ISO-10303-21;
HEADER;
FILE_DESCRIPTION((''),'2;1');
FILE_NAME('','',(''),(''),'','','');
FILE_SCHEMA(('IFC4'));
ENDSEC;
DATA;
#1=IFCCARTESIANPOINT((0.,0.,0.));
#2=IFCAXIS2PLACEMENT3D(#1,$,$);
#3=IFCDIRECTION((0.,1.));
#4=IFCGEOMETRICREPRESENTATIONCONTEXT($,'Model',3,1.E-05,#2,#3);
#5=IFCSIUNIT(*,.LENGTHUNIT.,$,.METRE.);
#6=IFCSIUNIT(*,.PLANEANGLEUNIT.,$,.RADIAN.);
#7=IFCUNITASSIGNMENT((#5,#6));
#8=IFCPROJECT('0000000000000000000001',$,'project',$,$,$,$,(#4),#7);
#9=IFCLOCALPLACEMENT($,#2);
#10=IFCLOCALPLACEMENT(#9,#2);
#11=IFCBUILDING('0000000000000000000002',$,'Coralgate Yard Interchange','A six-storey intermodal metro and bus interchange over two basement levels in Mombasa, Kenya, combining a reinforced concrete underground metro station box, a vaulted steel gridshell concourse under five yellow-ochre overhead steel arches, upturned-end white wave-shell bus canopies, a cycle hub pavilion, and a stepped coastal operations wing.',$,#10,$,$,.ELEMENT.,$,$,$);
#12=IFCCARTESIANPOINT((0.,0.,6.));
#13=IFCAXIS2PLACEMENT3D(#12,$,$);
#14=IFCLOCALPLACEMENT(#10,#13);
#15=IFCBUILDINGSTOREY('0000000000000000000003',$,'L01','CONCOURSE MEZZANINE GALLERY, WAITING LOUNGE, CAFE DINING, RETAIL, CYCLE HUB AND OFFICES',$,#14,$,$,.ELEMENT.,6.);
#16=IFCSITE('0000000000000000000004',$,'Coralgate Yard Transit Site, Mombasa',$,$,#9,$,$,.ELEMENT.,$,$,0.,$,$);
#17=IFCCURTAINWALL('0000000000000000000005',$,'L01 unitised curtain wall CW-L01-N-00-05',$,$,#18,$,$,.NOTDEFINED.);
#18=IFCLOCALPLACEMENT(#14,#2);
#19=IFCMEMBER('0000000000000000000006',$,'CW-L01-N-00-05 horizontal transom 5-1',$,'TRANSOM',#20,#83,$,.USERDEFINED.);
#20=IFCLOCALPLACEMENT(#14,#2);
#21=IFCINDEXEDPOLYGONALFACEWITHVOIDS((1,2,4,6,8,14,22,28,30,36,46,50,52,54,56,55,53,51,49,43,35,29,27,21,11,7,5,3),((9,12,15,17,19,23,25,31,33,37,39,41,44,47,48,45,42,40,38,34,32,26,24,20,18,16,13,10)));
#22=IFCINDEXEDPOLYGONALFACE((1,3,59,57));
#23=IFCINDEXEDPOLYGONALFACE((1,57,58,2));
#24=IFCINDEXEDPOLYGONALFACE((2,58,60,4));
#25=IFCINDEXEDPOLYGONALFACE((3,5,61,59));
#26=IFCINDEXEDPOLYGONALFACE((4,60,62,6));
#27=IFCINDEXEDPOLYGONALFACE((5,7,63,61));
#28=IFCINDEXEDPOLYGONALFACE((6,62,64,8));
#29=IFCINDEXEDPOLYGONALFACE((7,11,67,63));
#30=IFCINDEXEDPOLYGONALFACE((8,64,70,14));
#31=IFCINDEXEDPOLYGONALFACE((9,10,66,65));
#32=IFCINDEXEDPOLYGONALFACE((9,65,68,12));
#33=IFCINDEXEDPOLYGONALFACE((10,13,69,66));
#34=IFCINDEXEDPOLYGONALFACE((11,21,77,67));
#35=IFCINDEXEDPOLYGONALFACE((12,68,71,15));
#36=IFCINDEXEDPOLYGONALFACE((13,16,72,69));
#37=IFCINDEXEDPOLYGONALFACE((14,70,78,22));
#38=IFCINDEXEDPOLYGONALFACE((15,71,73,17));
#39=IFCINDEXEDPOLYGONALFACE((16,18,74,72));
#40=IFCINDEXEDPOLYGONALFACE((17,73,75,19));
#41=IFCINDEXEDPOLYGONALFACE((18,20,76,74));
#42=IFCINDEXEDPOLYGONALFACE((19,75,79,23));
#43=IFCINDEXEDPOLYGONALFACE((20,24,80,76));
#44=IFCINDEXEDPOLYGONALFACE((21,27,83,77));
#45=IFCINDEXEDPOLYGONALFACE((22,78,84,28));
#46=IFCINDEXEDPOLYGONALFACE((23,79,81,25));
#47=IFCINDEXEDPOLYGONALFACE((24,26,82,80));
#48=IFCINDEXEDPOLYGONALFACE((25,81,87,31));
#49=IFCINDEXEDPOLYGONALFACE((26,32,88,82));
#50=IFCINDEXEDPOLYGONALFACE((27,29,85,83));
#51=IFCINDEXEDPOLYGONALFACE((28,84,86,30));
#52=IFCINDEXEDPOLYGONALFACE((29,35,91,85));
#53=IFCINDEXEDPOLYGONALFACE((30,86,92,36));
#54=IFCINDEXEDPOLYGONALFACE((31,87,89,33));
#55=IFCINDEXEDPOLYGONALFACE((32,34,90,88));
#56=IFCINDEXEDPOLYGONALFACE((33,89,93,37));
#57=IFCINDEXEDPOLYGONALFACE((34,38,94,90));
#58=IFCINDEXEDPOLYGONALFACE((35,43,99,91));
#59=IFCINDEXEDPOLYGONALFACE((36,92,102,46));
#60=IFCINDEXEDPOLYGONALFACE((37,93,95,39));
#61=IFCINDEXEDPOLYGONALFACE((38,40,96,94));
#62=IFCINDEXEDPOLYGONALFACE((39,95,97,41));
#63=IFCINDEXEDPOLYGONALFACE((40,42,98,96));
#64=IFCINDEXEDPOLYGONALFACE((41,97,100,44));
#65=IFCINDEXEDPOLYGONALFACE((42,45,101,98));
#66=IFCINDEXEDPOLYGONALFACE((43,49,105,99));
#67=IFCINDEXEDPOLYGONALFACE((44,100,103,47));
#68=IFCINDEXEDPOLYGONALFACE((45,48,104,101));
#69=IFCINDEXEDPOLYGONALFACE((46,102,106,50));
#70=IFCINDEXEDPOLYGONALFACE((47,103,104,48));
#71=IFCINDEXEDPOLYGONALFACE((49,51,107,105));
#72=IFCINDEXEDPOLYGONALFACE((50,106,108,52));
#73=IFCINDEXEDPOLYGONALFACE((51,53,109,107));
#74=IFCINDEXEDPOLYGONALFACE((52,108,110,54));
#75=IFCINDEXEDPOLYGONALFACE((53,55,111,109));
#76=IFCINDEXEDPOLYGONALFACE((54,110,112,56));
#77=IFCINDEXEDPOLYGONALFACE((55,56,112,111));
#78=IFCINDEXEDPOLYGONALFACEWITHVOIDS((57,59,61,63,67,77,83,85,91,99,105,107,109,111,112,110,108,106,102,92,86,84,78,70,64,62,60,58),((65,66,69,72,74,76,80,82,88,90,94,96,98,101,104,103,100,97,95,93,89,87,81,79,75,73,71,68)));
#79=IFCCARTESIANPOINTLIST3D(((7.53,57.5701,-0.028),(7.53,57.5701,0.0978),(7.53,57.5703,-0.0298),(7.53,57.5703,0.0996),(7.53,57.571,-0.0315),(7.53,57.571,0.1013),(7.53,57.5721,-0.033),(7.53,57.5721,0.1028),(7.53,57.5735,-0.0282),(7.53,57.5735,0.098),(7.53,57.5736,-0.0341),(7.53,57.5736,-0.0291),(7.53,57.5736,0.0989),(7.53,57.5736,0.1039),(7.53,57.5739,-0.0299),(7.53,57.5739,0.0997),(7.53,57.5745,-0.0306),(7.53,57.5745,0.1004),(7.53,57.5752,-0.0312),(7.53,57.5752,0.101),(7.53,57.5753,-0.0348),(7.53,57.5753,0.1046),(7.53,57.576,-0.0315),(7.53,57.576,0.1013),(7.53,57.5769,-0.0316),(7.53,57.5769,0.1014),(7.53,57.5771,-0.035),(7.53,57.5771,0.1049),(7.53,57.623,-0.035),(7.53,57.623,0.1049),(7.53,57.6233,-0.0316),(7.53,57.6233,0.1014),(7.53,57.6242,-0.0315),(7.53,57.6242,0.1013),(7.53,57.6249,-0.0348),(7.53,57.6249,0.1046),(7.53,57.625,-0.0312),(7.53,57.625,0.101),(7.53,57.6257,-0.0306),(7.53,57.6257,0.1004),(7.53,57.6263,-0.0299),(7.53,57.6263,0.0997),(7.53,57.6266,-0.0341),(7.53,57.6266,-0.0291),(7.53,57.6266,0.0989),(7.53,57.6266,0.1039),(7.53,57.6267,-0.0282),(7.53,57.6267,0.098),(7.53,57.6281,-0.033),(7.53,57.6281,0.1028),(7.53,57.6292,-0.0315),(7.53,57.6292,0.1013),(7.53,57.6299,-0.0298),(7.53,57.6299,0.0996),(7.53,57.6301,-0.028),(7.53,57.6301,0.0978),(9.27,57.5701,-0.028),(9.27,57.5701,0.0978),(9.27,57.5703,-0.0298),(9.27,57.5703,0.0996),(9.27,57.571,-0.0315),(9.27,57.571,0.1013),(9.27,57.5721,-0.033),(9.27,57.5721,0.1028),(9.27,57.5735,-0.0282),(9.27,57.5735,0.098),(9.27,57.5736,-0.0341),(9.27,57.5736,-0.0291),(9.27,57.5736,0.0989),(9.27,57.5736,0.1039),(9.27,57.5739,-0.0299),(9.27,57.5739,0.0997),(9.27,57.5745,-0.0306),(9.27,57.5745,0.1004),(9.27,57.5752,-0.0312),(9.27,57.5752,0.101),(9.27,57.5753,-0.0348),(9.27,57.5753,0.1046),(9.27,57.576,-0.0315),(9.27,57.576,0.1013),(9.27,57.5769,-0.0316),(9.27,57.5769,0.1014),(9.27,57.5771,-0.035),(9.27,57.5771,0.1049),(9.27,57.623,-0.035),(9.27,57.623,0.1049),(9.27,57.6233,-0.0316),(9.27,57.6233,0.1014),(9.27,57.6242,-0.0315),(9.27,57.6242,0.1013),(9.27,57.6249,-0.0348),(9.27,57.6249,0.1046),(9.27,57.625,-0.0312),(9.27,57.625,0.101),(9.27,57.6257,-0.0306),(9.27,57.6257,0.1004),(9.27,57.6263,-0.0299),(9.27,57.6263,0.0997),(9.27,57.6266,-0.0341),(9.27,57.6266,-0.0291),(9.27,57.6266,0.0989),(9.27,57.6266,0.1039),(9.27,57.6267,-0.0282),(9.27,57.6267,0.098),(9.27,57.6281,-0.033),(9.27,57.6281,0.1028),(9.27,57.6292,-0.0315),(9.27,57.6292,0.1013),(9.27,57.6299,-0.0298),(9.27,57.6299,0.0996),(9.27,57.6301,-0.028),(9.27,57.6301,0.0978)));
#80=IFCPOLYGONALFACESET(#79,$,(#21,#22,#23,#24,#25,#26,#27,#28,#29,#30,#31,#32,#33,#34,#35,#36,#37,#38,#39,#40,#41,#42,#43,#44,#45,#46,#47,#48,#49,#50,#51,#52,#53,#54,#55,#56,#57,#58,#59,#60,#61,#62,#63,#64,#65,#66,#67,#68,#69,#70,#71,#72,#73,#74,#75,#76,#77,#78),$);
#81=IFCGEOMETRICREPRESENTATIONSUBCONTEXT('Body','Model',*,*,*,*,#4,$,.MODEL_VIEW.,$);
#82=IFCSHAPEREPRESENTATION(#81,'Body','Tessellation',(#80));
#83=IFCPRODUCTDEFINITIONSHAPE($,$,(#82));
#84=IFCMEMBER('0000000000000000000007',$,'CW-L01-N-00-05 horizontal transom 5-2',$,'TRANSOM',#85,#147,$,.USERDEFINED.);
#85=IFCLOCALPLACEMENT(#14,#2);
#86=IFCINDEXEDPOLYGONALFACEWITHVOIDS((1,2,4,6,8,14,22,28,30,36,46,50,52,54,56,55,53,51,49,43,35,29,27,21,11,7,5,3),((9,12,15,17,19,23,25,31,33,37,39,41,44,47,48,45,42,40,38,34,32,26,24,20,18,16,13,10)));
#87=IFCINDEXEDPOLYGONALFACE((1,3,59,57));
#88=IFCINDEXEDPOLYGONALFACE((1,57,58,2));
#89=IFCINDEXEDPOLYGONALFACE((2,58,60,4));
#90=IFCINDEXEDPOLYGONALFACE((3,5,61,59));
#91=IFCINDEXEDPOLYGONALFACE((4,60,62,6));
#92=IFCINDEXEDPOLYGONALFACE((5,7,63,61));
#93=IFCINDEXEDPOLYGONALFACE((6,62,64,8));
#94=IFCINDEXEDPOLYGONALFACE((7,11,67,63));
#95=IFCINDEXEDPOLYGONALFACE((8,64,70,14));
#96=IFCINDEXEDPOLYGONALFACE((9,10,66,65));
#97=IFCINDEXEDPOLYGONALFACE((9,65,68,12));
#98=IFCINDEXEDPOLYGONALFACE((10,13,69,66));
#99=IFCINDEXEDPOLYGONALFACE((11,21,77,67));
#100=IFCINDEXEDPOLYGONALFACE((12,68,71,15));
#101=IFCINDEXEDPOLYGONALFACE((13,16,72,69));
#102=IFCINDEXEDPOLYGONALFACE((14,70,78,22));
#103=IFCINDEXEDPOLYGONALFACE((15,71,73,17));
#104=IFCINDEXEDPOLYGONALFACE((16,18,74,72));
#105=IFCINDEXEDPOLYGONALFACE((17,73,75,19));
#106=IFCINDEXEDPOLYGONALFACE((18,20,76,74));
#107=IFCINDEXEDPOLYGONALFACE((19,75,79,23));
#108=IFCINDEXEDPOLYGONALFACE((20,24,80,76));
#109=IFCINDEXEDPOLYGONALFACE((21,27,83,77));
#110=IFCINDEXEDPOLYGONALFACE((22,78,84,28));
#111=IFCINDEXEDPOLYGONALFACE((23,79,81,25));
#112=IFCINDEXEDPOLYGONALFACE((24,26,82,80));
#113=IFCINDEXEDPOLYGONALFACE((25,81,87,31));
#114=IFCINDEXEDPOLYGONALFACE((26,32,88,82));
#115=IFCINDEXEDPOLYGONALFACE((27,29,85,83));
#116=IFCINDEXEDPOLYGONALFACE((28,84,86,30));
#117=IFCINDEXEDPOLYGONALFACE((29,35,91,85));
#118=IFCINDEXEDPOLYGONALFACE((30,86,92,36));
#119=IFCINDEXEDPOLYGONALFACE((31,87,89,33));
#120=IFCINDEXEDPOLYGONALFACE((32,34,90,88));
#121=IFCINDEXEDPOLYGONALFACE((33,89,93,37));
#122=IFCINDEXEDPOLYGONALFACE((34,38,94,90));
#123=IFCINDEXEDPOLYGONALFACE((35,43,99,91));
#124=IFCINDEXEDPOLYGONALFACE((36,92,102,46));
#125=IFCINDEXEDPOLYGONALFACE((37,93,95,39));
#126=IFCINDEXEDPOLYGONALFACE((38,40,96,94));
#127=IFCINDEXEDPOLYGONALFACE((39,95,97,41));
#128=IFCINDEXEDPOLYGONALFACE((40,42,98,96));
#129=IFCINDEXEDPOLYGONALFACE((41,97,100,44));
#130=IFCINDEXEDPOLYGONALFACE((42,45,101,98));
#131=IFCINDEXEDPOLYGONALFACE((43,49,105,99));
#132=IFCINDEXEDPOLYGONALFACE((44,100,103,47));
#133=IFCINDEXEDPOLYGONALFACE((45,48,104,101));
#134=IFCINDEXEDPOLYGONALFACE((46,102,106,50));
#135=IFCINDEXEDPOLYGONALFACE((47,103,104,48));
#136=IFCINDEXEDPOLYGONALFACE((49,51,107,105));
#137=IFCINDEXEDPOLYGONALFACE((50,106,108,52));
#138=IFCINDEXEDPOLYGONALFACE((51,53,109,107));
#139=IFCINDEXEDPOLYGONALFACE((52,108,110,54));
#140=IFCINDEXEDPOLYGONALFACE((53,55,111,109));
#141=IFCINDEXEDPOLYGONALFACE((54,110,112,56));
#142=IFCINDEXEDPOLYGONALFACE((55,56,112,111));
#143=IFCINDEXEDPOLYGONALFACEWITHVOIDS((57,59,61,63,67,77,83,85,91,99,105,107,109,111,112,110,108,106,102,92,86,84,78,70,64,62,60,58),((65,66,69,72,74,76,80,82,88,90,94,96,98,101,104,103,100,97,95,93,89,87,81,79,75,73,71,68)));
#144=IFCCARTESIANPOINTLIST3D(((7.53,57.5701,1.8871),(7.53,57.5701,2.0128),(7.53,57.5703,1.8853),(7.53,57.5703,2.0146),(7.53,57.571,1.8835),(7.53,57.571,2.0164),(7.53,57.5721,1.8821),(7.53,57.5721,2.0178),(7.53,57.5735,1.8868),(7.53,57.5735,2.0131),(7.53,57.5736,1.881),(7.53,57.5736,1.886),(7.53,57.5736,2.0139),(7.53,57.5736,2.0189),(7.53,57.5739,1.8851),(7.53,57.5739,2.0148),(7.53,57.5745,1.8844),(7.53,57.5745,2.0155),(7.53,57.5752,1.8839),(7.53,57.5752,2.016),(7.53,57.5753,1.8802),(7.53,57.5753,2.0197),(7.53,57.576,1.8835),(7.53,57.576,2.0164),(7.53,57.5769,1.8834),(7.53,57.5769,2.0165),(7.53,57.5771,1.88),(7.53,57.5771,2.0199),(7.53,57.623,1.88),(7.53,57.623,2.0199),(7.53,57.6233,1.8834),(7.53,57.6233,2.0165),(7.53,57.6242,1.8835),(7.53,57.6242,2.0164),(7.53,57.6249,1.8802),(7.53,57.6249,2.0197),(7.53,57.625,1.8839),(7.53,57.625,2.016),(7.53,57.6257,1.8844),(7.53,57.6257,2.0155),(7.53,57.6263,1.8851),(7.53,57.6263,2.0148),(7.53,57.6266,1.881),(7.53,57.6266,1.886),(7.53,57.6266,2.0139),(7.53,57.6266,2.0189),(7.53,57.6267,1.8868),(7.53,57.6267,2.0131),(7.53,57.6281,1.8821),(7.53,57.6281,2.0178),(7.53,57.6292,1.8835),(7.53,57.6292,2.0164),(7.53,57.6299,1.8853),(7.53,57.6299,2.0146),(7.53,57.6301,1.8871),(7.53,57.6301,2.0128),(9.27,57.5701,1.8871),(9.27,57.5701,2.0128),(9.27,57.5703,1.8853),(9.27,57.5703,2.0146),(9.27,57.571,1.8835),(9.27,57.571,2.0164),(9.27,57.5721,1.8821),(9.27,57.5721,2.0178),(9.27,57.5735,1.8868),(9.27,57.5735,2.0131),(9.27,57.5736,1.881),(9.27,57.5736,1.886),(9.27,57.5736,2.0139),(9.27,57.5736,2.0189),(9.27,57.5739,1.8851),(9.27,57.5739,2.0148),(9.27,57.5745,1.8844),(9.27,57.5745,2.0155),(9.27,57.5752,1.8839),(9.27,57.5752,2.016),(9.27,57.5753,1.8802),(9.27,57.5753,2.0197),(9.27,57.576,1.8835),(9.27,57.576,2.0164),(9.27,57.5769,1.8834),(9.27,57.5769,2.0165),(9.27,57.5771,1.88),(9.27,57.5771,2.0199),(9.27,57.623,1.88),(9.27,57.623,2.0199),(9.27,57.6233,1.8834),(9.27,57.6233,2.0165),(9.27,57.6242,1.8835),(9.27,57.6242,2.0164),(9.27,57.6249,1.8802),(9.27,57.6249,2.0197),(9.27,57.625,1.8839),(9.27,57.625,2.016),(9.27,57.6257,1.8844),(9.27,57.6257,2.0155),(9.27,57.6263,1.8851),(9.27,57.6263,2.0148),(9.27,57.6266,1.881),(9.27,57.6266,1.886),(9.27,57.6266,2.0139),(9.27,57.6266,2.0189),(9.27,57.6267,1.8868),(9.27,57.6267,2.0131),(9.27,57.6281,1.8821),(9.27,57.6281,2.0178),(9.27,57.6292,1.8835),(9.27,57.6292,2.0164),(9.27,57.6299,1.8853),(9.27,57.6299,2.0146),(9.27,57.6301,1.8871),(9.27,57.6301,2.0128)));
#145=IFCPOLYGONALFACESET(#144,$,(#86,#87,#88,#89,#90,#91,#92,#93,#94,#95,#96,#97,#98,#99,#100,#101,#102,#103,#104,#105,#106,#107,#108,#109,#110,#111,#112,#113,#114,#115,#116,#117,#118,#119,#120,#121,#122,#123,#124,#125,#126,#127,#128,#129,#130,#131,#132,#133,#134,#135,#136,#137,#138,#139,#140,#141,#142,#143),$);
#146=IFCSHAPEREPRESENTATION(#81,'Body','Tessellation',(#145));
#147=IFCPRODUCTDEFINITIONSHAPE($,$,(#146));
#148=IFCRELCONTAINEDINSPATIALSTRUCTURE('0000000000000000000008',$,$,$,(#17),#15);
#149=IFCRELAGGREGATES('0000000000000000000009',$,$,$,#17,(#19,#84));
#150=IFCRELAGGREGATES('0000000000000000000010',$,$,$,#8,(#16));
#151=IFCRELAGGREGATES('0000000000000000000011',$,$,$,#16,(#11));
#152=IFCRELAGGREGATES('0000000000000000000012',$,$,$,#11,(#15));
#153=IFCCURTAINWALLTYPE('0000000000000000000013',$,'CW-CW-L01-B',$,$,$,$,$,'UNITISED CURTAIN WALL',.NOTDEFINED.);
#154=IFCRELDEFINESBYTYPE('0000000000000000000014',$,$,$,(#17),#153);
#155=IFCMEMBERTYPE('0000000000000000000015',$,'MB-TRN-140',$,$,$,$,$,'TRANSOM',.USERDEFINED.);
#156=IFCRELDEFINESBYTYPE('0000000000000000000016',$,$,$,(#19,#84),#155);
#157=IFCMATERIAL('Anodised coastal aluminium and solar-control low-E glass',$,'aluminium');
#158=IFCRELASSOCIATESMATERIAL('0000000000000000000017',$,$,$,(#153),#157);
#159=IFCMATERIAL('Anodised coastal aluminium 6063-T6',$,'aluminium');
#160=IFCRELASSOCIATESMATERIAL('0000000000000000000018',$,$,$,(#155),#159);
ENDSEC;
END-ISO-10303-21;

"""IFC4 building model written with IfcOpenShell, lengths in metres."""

from ifc_helpers import new_model, si_unit, direction, frame, origin, origin_2d, place, context, subcontext, project, spatial, hollow_rectangle, extrude, material, material_profile, profile_set, type_object, element, aggregate, save


model = new_model("IFC4")

# Units and contexts
model_context = context("Model", 3, precision=1e-05, world=origin(), true_north=direction((0.0, 1.0)))
body_context = subcontext(model_context, "Body", "Model", "MODEL_VIEW")
ifc_project = project(units=[si_unit("LENGTHUNIT", "METRE"), si_unit("PLANEANGLEUNIT", "RADIAN")], contexts=[model_context])

# Site, building, storey
site_placement = place(None, origin())
site = spatial("IfcSite", under=ifc_project, at=site_placement, Name="Coralgate Yard Transit Site, Mombasa", CompositionType="ELEMENT", RefElevation=0.0)
building_placement = place(site_placement, origin())
building = spatial("IfcBuilding", under=site, at=building_placement, Name="Coralgate Yard Interchange", Description="A six-storey intermodal metro and bus interchange over two basement levels in Mombasa, Kenya, combining a reinforced concrete underground metro station box, a vaulted steel gridshell concourse under five yellow-ochre overhead steel arches, upturned-end white wave-shell bus canopies, a cycle hub pavilion, and a stepped coastal operations wing.", CompositionType="ELEMENT")
storey_placement = place(building_placement, frame((0.0, 0.0, 6.0)))
storey = spatial("IfcBuildingStorey", under=building, at=storey_placement, Name="L01", Description="CONCOURSE MEZZANINE GALLERY, WAITING LOUNGE, CAFE DINING, RETAIL, CYCLE HUB AND OFFICES", CompositionType="ELEMENT", Elevation=6.0)

# Curtain wall
ifc_material_1 = material(Name="Anodised coastal aluminium and solar-control low-E glass", Category="aluminium")
curtain_wall_type = type_object("IfcCurtainWallType", Name="CW-CW-L01-B", ElementType="UNITISED CURTAIN WALL", PredefinedType="NOTDEFINED", material=ifc_material_1)
curtain_wall_1_placement = place(storey_placement, origin())
curtain_wall_1 = element("IfcCurtainWall", 1, at=curtain_wall_1_placement, inside=storey, type_object=curtain_wall_type, Name="L01 unitised curtain wall CW-L01-N-00-05", PredefinedType="NOTDEFINED")
ifc_material_2 = material(Name="Anodised coastal aluminium 6063-T6", Category="aluminium")

# Members
ifc_material_profile_1 = material_profile(ifc_material_2, hollow_rectangle(XDim=0.0601, YDim=0.1399, WallThickness=0.0034, InnerFilletRadius=0.0034, OuterFilletRadius=0.0071, at=origin_2d()), Name="ALU 60x140x3.5")
ifc_profile_set_1 = profile_set([ifc_material_profile_1], Name="Anodised coastal aluminium 6063-T6")
member_type_1 = type_object("IfcMemberType", Name="MB-TRN-140", ElementType="TRANSOM", PredefinedType="USERDEFINED", material=ifc_profile_set_1)
member_1_placement = place(storey_placement, frame((7.53, 57.6001, 0.0349), z_axis=(1.0, 0.0, 0.0), x_axis=(0.0, 1.0, 0.0)))
member_1 = element("IfcMember", 2, at=member_1_placement, type_object=member_type_1, Name="CW-L01-N-00-05 horizontal transom 5-1", ObjectType="TRANSOM", PredefinedType="USERDEFINED", context=body_context, shape_type="SweptSolid", body=[
    extrude(hollow_rectangle(XDim=0.0601, YDim=0.1399, WallThickness=0.0034, InnerFilletRadius=0.0034, OuterFilletRadius=0.0071, at=origin_2d()), origin(), (0.0, 0.0, 1.0), 1.74),
])
member_2_placement = place(storey_placement, frame((7.53, 57.6001, 1.95), z_axis=(1.0, 0.0, 0.0), x_axis=(0.0, 1.0, 0.0)))
member_2 = element("IfcMember", 3, at=member_2_placement, type_object=member_type_1, Name="CW-L01-N-00-05 horizontal transom 5-2", ObjectType="TRANSOM", PredefinedType="USERDEFINED", context=body_context, shape_type="SweptSolid", body=[
    extrude(hollow_rectangle(XDim=0.0601, YDim=0.1399, WallThickness=0.0034, InnerFilletRadius=0.0034, OuterFilletRadius=0.0071, at=origin_2d()), origin(), (0.0, 0.0, 1.0), 1.74),
])

aggregate(curtain_wall_1, [member_1, member_2])

save(model, "model.ifc")
